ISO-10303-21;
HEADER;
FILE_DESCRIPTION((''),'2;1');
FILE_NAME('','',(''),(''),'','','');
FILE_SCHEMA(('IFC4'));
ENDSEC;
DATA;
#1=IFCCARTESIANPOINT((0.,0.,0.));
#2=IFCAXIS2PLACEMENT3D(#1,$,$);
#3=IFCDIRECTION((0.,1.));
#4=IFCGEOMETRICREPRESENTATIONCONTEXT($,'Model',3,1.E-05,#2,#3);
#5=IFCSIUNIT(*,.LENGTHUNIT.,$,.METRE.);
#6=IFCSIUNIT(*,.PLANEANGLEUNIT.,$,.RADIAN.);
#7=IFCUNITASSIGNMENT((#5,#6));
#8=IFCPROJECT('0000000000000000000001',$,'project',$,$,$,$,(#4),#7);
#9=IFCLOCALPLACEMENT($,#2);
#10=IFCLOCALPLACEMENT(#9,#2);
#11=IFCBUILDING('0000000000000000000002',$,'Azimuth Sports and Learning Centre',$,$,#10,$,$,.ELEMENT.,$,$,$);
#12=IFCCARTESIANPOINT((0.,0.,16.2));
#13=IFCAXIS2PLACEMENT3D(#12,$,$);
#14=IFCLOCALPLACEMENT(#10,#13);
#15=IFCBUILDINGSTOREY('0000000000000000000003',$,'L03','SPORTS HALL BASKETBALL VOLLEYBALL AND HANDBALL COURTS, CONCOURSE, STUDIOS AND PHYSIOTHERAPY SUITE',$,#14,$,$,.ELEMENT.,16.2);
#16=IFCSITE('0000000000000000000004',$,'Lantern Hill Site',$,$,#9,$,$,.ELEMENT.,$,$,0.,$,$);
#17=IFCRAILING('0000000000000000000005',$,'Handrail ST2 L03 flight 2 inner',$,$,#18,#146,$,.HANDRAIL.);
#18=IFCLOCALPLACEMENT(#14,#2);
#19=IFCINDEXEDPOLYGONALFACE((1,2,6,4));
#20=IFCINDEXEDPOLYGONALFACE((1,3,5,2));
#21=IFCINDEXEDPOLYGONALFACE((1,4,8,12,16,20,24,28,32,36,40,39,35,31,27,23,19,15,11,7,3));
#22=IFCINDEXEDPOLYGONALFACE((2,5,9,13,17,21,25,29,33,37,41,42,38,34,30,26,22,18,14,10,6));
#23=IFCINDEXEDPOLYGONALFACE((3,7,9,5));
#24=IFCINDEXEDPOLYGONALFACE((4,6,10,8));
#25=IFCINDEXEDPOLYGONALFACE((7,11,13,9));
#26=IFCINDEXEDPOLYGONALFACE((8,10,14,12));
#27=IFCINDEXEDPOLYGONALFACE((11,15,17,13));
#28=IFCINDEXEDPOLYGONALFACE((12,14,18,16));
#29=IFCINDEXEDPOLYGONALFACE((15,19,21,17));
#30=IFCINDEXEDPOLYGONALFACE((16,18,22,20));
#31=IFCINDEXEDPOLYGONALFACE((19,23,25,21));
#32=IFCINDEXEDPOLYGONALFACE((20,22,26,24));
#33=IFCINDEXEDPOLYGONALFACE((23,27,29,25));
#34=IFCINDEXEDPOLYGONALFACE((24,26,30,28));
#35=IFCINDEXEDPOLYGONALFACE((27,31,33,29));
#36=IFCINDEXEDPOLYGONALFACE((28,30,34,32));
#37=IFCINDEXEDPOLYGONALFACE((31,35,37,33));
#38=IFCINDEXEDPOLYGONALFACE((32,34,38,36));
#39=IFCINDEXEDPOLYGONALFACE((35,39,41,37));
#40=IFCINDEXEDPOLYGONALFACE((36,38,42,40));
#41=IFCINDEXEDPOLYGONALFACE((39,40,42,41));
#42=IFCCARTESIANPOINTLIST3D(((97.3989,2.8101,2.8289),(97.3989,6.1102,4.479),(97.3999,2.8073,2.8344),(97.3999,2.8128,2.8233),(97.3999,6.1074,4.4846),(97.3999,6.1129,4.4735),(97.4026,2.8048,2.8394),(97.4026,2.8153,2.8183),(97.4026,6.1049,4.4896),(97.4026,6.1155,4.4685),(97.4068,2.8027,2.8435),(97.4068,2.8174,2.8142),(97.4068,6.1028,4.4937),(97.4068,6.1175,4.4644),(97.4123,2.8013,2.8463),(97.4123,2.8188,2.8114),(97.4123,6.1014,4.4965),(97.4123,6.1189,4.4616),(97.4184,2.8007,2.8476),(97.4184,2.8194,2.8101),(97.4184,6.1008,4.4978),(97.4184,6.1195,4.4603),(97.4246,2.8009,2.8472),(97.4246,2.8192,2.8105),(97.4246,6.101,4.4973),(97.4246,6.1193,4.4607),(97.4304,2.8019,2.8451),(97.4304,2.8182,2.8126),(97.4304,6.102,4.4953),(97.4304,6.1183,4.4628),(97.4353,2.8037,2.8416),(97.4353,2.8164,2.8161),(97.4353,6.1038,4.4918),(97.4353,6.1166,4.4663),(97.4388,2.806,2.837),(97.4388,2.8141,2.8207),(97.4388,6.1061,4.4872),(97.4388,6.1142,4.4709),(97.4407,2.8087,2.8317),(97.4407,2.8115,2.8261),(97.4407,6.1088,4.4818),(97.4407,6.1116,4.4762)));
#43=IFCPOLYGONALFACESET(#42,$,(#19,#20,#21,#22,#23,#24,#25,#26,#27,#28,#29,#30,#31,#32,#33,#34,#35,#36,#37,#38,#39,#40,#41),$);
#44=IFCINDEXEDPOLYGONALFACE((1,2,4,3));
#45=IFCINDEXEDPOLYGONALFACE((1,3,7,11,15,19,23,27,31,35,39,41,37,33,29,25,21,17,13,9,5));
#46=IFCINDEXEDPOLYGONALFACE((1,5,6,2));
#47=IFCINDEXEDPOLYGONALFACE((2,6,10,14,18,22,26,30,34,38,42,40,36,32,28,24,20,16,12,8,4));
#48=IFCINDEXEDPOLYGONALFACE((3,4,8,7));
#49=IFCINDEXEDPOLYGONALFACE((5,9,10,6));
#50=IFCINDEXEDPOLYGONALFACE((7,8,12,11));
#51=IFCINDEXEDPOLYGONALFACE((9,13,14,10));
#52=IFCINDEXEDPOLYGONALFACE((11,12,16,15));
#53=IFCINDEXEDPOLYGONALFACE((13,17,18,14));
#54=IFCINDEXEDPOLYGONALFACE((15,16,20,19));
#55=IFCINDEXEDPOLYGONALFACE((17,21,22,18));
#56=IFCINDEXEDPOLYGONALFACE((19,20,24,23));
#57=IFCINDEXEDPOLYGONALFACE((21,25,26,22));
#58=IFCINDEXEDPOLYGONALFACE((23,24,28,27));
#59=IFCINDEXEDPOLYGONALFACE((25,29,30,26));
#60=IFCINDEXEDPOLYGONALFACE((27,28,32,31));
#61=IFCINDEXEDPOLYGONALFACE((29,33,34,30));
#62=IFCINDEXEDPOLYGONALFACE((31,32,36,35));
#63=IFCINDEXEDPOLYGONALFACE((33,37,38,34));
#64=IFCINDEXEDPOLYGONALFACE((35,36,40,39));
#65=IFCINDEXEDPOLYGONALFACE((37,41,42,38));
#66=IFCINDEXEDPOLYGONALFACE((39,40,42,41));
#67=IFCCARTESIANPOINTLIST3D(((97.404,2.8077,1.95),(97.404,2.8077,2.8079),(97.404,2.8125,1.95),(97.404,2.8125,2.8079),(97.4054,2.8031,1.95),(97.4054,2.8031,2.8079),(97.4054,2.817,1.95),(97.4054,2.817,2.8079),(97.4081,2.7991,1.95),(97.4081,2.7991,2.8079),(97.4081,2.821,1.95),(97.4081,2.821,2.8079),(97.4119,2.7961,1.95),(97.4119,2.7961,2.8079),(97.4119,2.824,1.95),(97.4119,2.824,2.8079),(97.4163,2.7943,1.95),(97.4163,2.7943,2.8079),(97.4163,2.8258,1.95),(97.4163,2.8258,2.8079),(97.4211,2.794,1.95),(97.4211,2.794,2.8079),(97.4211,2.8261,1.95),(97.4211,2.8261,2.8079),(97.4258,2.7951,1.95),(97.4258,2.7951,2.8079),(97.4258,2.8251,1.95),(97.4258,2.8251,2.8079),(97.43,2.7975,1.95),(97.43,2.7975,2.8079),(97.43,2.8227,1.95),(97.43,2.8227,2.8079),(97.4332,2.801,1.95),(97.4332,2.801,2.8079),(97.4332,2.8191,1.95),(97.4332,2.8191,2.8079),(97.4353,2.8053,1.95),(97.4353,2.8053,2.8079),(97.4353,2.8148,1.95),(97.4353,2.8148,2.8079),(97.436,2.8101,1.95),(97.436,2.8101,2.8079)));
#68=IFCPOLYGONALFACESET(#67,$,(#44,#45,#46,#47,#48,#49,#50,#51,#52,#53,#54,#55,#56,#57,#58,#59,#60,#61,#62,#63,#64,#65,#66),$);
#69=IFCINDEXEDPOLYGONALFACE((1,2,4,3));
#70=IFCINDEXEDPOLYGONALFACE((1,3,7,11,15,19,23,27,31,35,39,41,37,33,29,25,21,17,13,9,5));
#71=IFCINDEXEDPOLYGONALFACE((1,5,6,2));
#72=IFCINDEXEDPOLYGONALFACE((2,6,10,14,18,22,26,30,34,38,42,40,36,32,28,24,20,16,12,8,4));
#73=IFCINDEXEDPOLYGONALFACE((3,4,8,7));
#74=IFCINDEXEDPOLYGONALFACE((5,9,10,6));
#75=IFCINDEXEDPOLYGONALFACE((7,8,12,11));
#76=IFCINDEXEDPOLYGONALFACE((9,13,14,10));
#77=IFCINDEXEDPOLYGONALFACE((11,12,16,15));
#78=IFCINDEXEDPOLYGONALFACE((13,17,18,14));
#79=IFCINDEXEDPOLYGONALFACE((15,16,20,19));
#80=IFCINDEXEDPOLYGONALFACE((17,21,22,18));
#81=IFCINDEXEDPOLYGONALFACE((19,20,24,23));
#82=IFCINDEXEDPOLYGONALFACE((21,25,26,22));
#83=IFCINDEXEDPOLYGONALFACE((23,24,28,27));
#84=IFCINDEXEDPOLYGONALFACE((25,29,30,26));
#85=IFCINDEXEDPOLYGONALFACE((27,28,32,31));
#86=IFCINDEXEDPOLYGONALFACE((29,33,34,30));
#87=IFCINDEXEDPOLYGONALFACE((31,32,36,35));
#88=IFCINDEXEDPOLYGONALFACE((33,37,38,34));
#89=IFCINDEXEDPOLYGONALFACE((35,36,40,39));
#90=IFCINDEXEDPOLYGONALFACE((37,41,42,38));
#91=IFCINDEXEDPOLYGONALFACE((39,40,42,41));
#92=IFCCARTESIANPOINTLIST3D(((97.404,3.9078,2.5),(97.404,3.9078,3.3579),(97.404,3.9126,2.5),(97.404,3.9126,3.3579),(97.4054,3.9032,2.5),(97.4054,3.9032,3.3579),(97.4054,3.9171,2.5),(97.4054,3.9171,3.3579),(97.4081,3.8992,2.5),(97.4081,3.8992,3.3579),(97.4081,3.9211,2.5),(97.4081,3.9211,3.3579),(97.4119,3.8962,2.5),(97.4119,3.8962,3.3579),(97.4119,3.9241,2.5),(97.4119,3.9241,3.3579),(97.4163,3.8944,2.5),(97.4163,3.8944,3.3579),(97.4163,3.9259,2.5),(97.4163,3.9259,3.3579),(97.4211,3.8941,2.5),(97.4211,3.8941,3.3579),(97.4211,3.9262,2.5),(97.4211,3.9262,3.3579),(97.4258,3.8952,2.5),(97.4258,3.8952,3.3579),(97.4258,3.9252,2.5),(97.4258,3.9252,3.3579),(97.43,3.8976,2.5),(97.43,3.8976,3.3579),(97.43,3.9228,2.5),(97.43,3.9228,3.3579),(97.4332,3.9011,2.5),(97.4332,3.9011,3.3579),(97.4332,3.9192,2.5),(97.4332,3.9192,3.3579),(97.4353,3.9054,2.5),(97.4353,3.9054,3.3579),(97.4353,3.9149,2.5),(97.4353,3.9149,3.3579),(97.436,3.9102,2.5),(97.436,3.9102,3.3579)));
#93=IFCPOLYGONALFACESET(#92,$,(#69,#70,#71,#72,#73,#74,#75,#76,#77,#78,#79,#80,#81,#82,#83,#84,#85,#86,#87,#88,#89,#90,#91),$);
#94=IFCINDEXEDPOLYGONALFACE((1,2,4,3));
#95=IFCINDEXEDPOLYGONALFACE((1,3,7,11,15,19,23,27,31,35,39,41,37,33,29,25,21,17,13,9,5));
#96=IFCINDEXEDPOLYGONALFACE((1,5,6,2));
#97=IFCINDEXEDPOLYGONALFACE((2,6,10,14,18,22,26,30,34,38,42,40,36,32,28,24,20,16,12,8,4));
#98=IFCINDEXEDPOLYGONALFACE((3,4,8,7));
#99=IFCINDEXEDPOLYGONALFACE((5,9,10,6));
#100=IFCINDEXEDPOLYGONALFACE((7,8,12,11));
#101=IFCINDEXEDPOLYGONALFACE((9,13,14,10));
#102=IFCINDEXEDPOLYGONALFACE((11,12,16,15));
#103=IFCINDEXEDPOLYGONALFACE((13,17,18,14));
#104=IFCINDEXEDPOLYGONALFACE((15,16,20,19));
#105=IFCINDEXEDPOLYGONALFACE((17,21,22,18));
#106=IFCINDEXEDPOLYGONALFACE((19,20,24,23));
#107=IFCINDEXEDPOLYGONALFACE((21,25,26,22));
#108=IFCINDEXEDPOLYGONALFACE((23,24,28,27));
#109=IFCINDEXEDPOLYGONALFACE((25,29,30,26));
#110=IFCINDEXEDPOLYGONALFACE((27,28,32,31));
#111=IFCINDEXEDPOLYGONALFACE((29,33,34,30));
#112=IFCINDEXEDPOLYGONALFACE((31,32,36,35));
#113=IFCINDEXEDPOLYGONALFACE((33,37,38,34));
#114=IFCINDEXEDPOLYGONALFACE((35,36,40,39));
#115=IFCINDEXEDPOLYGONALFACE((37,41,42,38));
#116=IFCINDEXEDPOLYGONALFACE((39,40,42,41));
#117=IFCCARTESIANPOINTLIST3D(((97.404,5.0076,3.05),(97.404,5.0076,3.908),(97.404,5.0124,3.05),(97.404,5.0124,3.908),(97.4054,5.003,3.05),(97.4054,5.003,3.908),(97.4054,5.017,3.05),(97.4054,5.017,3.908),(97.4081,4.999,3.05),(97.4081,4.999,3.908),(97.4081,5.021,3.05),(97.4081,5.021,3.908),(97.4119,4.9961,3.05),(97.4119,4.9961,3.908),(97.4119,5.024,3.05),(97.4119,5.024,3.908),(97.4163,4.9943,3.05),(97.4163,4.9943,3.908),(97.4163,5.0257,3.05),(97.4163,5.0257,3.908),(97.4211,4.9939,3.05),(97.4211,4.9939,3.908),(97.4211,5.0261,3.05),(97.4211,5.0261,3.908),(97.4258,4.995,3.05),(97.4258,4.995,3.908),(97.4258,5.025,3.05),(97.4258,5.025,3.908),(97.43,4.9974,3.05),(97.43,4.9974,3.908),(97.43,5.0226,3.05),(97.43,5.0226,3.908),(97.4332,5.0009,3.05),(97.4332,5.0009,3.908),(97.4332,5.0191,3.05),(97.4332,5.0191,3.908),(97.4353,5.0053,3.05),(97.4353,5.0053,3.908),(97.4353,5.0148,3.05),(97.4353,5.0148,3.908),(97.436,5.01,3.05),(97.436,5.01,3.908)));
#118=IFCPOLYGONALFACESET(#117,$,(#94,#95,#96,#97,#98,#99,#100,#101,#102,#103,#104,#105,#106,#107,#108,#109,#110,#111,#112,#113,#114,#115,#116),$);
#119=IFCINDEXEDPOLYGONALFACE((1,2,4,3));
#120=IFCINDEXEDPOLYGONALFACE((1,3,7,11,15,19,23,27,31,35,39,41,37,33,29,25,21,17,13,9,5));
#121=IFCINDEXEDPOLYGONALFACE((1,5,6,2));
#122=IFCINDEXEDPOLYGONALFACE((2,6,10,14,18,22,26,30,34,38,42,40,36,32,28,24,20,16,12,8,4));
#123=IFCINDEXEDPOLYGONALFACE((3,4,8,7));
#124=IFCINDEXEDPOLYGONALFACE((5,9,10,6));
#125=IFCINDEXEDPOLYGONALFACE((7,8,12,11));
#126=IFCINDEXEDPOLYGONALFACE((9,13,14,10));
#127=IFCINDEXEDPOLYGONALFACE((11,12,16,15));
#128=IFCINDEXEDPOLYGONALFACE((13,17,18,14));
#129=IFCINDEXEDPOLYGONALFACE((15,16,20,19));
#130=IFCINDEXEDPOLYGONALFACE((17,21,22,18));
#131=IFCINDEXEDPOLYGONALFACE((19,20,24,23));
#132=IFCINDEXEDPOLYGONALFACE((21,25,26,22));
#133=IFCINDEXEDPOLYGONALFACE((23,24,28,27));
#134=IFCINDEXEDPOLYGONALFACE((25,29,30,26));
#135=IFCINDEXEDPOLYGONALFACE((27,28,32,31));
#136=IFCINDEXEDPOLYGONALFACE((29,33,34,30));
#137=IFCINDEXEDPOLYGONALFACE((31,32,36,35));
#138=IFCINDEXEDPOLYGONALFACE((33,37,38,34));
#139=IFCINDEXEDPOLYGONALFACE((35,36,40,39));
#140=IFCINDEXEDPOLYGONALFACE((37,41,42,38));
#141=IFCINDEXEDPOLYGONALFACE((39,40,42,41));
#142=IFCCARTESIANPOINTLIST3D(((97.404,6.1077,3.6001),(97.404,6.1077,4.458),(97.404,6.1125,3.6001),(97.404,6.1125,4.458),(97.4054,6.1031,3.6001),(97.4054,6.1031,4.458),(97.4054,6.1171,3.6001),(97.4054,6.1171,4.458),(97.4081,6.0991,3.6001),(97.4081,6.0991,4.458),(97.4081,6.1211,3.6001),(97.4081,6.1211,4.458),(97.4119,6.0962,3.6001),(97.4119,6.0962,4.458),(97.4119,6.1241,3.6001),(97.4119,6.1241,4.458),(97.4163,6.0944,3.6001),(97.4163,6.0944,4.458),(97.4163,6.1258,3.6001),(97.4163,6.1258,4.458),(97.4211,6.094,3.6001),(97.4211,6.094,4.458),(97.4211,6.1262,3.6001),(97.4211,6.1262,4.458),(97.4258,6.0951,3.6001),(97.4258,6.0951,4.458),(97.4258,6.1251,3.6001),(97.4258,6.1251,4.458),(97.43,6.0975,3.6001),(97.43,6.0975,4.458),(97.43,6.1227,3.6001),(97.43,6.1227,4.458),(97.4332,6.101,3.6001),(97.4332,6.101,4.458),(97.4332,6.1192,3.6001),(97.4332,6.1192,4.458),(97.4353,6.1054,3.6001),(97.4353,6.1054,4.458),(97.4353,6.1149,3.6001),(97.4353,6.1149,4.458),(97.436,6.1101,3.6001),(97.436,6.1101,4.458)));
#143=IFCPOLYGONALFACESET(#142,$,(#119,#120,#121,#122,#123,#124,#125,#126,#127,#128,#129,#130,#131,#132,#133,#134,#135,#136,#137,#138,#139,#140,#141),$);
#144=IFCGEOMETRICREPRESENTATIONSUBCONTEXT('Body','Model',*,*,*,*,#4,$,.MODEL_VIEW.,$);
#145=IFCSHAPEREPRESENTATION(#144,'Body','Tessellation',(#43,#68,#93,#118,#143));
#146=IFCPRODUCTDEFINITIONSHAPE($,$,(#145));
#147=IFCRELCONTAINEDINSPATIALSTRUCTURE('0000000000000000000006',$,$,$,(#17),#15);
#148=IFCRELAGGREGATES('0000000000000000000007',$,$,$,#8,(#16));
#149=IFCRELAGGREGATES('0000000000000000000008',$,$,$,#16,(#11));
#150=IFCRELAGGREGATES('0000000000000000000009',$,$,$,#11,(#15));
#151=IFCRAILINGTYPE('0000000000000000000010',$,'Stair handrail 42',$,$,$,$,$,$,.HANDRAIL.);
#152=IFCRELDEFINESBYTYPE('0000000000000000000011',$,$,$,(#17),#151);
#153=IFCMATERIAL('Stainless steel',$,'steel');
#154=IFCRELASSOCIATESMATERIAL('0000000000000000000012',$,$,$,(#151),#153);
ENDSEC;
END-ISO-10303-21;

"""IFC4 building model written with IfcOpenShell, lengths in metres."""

from ifc_helpers import new_model, si_unit, direction, frame, origin, origin_2d, place, context, subcontext, project, spatial, circle, extrude, material, type_object, element, save


model = new_model("IFC4")

# Units and contexts
model_context = context("Model", 3, precision=1e-05, world=origin(), true_north=direction((0.0, 1.0)))
body_context = subcontext(model_context, "Body", "Model", "MODEL_VIEW")
ifc_project = project(units=[si_unit("LENGTHUNIT", "METRE"), si_unit("PLANEANGLEUNIT", "RADIAN")], contexts=[model_context])

# Site, building, storey
site_placement = place(None, origin())
site = spatial("IfcSite", under=ifc_project, at=site_placement, Name="Lantern Hill Site", CompositionType="ELEMENT", RefElevation=0.0)
building_placement = place(site_placement, origin())
building = spatial("IfcBuilding", under=site, at=building_placement, Name="Azimuth Sports and Learning Centre", CompositionType="ELEMENT")
storey_placement = place(building_placement, frame((0.0, 0.0, 16.2)))
storey = spatial("IfcBuildingStorey", under=building, at=storey_placement, Name="L03", Description="SPORTS HALL BASKETBALL VOLLEYBALL AND HANDBALL COURTS, CONCOURSE, STUDIOS AND PHYSIOTHERAPY SUITE", CompositionType="ELEMENT", Elevation=16.2)

# Railing
ifc_material_1 = material(Name="Stainless steel", Category="steel")
railing_type_1 = type_object("IfcRailingType", Name="Stair handrail 42", PredefinedType="HANDRAIL", material=ifc_material_1)
for number, where, name in (
    (1, (97.4199, 2.8101, 1.95), "Handrail ST2 L03 flight 2 inner"),
):
    element("IfcRailing", number, at=place(storey_placement, frame(where)), inside=storey, type_object=railing_type_1, Name=name, PredefinedType="HANDRAIL", context=body_context, shape_type="SweptSolid", body=[
        extrude(circle(Radius=0.021, at=origin_2d()), frame((0.0, 0.0, 0.8789), z_axis=(0.0, 0.894414, 0.44724), x_axis=(-1.0, 0.0, 0.0)), (0.0, 0.0, 1.0), 3.6897),
        extrude(circle(Radius=0.0161, at=origin_2d()), origin(), (0.0, 0.0, 1.0), 0.8579),
        extrude(circle(Radius=0.0161, at=origin_2d()), frame((0.0, 1.1001, 0.55)), (0.0, 0.0, 1.0), 0.8579),
        extrude(circle(Radius=0.0161, at=origin_2d()), frame((0.0, 2.2, 1.1001)), (0.0, 0.0, 1.0), 0.8579),
        extrude(circle(Radius=0.0161, at=origin_2d()), frame((0.0, 3.3, 1.6501)), (0.0, 0.0, 1.0), 0.8579),
    ])

save(model, "model.ifc")
